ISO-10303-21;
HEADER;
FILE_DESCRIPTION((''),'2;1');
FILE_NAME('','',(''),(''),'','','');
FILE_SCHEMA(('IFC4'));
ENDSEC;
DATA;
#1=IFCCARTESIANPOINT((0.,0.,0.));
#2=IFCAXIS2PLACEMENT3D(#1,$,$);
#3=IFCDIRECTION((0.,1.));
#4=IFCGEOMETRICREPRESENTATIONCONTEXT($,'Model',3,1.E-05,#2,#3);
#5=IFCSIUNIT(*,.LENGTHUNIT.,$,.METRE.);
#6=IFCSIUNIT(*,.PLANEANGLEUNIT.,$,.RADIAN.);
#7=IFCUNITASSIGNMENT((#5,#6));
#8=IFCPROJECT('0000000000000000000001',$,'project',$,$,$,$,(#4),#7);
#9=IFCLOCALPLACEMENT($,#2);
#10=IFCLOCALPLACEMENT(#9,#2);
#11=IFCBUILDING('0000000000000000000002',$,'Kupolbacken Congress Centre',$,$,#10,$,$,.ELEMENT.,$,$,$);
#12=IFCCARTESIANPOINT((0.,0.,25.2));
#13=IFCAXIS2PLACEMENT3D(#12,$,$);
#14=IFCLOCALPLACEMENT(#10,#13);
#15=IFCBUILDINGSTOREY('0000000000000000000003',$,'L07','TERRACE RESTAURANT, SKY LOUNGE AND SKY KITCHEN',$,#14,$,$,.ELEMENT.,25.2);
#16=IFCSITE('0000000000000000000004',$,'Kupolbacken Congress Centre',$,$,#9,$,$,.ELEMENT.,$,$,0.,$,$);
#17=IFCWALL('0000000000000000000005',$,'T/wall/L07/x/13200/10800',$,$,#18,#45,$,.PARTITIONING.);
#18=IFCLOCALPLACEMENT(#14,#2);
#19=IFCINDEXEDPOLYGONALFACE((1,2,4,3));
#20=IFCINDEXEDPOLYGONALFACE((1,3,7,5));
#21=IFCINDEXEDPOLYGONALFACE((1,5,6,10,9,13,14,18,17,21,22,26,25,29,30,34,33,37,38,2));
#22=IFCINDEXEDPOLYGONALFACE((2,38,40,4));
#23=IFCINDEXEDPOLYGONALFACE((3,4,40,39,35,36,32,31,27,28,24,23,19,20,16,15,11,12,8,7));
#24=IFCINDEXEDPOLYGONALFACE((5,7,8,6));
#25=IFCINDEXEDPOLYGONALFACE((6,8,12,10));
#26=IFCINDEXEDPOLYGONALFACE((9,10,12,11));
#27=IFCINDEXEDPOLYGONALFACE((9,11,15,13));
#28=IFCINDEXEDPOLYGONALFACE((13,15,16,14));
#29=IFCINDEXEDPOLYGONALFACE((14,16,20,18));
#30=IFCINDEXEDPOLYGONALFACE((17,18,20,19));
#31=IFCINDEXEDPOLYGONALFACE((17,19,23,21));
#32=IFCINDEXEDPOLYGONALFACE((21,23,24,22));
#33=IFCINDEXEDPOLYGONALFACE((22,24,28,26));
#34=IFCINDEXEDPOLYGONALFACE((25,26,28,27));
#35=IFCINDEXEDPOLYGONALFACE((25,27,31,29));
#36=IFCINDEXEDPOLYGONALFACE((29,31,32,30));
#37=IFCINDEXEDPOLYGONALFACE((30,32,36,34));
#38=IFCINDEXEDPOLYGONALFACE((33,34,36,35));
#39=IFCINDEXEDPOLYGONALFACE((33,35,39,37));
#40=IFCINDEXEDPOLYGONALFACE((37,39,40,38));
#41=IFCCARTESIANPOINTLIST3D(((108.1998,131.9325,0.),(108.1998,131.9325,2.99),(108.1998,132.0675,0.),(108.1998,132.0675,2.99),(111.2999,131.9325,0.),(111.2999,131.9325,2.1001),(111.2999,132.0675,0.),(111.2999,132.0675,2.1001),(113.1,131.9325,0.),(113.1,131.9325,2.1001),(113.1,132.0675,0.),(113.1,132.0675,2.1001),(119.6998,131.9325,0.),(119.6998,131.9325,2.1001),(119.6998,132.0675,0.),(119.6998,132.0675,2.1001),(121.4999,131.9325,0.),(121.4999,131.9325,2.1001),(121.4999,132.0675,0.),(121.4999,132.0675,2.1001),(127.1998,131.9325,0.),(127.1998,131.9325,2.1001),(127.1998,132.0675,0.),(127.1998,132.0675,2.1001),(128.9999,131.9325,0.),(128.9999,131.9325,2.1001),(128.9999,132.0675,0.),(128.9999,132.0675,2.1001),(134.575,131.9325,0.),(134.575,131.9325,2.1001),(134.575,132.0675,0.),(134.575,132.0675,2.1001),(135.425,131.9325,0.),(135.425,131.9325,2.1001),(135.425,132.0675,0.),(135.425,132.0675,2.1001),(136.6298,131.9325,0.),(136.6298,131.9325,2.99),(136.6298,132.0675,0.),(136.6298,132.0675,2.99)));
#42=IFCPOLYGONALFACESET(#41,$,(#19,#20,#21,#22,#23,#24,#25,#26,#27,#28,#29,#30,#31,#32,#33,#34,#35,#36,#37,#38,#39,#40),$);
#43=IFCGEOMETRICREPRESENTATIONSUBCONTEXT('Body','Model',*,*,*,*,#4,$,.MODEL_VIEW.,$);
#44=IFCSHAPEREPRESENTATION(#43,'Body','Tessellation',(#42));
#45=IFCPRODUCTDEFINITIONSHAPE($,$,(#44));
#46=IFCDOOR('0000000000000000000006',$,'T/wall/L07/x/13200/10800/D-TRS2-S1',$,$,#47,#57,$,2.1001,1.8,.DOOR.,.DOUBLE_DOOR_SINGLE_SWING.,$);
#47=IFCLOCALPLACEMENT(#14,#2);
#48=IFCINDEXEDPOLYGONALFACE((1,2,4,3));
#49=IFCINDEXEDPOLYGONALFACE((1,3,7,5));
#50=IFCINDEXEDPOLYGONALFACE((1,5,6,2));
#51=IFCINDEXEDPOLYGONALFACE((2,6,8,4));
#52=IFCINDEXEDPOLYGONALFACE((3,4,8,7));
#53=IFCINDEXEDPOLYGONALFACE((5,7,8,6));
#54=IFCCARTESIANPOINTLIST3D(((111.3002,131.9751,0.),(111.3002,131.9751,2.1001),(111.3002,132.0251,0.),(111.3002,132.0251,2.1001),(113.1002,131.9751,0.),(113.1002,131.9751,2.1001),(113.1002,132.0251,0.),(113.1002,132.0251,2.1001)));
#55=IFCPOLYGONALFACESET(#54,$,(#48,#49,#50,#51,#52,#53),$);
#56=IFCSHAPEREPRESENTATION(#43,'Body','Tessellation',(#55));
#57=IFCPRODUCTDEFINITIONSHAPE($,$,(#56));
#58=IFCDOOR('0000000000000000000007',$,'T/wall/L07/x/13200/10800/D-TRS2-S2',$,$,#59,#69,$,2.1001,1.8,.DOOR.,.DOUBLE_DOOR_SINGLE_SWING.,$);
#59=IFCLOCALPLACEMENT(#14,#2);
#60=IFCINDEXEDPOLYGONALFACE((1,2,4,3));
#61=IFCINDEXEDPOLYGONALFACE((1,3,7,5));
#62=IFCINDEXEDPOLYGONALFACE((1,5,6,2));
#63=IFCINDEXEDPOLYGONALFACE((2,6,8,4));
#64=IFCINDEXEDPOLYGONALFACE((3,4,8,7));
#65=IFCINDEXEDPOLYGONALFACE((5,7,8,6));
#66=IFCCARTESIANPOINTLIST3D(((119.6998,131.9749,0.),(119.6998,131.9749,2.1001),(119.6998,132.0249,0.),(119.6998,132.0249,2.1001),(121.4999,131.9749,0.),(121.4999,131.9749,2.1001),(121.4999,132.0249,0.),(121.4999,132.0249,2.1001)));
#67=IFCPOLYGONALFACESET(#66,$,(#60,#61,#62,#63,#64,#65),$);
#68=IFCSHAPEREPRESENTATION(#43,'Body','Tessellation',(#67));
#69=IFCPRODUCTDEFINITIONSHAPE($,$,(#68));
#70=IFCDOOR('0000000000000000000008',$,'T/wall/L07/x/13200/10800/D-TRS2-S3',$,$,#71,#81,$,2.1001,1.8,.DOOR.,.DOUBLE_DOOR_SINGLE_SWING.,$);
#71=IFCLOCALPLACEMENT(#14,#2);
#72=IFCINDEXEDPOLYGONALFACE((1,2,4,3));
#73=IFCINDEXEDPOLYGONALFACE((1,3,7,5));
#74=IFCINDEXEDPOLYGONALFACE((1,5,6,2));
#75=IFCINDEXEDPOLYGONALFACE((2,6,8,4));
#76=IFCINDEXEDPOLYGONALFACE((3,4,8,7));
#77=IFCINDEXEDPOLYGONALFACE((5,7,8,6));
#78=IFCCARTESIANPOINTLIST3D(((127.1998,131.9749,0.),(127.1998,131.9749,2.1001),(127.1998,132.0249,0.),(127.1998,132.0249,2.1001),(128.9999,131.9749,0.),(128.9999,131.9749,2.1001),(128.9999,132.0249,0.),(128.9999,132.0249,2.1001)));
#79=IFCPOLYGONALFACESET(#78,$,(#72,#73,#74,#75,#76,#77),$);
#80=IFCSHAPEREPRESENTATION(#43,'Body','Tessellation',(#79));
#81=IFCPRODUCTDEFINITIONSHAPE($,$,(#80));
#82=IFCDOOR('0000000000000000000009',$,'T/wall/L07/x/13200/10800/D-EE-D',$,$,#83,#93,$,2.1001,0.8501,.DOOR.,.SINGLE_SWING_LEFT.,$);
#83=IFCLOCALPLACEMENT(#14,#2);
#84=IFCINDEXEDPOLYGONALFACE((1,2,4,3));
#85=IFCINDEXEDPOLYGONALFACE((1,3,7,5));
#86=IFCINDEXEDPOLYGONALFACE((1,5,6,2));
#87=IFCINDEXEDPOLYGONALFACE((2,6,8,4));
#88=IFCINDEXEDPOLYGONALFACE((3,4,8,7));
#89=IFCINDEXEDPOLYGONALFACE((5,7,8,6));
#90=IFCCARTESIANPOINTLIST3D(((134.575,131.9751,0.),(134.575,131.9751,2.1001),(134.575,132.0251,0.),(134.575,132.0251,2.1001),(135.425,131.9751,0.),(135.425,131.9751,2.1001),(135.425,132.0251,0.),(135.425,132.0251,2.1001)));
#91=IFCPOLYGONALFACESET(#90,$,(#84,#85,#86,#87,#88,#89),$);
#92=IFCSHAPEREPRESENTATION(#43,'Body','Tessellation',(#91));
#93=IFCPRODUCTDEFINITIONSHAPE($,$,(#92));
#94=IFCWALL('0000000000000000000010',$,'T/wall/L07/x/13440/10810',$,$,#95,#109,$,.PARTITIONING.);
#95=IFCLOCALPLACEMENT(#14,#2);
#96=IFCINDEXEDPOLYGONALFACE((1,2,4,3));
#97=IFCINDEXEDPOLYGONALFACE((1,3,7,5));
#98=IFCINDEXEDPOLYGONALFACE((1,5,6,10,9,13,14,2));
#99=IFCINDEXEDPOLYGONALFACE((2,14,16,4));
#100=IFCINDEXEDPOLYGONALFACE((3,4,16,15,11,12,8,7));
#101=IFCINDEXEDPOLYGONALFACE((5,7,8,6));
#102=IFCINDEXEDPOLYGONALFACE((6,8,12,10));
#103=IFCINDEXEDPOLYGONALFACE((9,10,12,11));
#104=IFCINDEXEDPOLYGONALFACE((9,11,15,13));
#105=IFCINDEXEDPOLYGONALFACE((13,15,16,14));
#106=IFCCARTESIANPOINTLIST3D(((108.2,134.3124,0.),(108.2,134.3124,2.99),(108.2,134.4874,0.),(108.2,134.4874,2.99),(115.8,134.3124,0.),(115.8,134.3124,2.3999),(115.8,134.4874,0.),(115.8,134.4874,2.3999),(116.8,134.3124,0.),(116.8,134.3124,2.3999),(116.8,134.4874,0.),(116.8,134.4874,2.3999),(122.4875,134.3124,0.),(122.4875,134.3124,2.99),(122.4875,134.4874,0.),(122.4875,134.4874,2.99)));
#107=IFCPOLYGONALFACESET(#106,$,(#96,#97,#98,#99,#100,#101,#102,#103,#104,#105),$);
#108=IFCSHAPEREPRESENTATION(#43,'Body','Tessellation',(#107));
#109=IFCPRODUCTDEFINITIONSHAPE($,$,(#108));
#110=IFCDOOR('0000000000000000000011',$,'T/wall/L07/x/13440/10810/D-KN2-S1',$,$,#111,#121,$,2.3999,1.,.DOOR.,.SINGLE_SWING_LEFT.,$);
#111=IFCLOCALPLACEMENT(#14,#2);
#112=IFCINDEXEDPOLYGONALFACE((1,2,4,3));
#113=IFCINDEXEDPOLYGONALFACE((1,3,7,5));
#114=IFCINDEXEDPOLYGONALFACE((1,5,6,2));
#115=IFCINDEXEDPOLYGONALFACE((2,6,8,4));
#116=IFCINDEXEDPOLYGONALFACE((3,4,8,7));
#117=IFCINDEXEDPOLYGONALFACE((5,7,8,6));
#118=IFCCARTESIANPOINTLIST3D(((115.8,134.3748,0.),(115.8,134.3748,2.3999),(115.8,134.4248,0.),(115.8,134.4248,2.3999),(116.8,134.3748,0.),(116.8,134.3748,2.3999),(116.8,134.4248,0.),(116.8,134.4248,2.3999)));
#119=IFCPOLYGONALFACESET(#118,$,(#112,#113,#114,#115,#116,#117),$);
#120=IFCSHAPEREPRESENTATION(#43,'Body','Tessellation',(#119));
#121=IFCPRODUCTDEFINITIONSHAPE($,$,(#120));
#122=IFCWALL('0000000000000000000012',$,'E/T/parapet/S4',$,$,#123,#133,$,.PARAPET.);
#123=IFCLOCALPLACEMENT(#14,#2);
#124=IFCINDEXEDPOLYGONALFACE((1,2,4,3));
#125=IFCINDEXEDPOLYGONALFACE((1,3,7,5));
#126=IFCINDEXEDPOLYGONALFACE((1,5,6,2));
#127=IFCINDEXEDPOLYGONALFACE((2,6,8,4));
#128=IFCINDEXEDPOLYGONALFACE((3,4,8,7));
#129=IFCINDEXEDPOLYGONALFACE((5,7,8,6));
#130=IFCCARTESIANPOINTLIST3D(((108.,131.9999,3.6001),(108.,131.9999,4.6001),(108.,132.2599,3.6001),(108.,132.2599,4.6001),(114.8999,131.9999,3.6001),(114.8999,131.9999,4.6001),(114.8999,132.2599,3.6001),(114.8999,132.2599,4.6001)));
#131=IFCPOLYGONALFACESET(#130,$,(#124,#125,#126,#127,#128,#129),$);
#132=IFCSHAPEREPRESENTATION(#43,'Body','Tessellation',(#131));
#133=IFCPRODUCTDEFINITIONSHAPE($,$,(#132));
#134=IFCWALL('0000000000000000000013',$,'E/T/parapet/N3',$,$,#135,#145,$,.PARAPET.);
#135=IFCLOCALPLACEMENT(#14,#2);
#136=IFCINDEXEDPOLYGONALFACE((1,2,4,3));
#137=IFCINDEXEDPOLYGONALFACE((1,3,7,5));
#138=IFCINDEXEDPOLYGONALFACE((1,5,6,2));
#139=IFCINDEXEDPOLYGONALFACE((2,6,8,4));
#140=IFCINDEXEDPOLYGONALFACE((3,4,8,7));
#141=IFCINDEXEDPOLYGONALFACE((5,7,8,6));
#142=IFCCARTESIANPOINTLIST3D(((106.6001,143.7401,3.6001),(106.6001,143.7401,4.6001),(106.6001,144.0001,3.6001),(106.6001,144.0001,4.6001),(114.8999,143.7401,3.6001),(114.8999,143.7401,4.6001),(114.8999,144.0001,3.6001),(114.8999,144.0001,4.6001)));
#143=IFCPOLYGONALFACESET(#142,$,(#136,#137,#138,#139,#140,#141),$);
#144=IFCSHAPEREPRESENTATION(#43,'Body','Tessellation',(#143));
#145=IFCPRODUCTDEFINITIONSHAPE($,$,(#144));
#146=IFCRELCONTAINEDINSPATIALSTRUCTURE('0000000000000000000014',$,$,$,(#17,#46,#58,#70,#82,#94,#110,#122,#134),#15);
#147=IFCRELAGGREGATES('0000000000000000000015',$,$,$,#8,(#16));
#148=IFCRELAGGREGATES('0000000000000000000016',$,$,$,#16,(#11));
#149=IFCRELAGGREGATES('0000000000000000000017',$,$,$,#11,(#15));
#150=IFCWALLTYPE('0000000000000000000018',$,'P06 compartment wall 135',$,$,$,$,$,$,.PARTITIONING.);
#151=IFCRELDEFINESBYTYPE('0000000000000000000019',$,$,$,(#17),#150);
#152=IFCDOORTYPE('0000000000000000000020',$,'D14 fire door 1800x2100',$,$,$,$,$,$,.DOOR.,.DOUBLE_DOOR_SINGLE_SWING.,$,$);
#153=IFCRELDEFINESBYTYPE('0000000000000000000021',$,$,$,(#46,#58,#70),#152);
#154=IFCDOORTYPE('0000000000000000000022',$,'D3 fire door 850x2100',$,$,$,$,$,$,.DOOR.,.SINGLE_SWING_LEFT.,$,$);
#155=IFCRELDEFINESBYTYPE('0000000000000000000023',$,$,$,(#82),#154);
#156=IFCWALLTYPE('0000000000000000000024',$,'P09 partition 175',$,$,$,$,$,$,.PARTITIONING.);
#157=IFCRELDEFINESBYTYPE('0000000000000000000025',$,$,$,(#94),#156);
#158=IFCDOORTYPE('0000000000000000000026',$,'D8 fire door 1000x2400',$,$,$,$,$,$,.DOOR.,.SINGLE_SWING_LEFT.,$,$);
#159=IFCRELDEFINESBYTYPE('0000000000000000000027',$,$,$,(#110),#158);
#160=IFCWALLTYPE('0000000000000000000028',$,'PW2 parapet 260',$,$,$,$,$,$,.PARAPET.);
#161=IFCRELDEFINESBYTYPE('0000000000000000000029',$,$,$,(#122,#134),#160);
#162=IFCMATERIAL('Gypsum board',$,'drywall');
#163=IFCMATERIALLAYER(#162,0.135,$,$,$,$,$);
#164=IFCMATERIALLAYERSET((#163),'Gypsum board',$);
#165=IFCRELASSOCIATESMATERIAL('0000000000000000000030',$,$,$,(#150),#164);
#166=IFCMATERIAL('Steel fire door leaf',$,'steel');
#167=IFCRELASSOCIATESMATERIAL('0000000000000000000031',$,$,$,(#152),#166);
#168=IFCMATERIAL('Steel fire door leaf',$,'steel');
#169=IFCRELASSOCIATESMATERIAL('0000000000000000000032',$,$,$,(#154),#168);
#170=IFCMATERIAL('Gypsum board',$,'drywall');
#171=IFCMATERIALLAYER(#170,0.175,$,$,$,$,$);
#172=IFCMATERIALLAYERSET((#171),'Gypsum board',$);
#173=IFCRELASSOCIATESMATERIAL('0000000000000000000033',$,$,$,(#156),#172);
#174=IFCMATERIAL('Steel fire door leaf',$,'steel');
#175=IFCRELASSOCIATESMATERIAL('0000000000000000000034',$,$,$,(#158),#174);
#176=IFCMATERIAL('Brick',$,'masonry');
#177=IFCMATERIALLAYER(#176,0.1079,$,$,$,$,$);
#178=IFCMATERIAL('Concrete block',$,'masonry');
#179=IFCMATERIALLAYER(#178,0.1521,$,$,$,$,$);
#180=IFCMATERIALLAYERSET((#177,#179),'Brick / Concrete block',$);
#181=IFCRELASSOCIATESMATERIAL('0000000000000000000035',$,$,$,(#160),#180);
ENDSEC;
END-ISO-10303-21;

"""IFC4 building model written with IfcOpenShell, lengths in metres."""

from ifc_helpers import new_model, si_unit, direction, frame, frame_2d, origin, place, context, subcontext, project, spatial, rectangle, extrude, material, layer, layer_set, type_object, element, fill, save


model = new_model("IFC4")

# Units and contexts
model_context = context("Model", 3, precision=1e-05, world=origin(), true_north=direction((0.0, 1.0)))
body_context = subcontext(model_context, "Body", "Model", "MODEL_VIEW")
ifc_project = project(units=[si_unit("LENGTHUNIT", "METRE"), si_unit("PLANEANGLEUNIT", "RADIAN")], contexts=[model_context])

# Site, building, storey
site_placement = place(None, origin())
site = spatial("IfcSite", under=ifc_project, at=site_placement, Name="Kupolbacken Congress Centre", CompositionType="ELEMENT", RefElevation=0.0)
building_placement = place(site_placement, origin())
building = spatial("IfcBuilding", under=site, at=building_placement, Name="Kupolbacken Congress Centre", CompositionType="ELEMENT")
storey_placement = place(building_placement, frame((0.0, 0.0, 25.2)))
storey = spatial("IfcBuildingStorey", under=building, at=storey_placement, Name="L07", Description="TERRACE RESTAURANT, SKY LOUNGE AND SKY KITCHEN", CompositionType="ELEMENT", Elevation=25.2)

# Wall, openings, doors
ifc_material_1 = material(Name="Gypsum board", Category="drywall")
ifc_layer_1 = layer(ifc_material_1, 0.135)
ifc_layer_set_1 = layer_set([ifc_layer_1], Name="Gypsum board")
wall_type_1 = type_object("IfcWallType", Name="P06 compartment wall 135", PredefinedType="PARTITIONING", material=ifc_layer_set_1)
wall_1_placement = place(storey_placement, frame((108.2, 132.0, 0.0), z_axis=(0.0, 0.0, 1.0), x_axis=(1.0, 0.0, 0.0)))
wall_1 = element("IfcWall", 1, at=wall_1_placement, inside=storey, type_object=wall_type_1, Name="T/wall/L07/x/13200/10800", PredefinedType="PARTITIONING", context=body_context, shape_type="SweptSolid", body=[
    extrude(rectangle(XDim=28.4299, YDim=0.135, at=frame_2d((14.2148, 0.0))), origin(), (0.0, 0.0, 1.0), 2.99),
])
opening_1_placement = place(wall_1_placement, frame((26.375, 0.0, 0.0)))
opening_1 = element("IfcOpeningElement", 2, at=opening_1_placement, cuts=wall_1, PredefinedType="OPENING", context=body_context, shape_type="SweptSolid", body=[
    extrude(rectangle(XDim=0.8501, YDim=2.1001, at=frame_2d((0.425, 1.05))), frame((0.0, 0.0774, 0.0), z_axis=(0.0, -1.0, 0.0), x_axis=(1.0, 0.0, 0.0)), (0.0, 0.0, 1.0), 0.155),
])
opening_2_placement = place(wall_1_placement, frame((3.1001, 0.0, 0.0)))
opening_2 = element("IfcOpeningElement", 3, at=opening_2_placement, cuts=wall_1, PredefinedType="OPENING", context=body_context, shape_type="SweptSolid", body=[
    extrude(rectangle(XDim=1.8, YDim=2.1001, at=frame_2d((0.8999, 1.05))), frame((0.0, 0.0774, 0.0), z_axis=(0.0, -1.0, 0.0), x_axis=(1.0, 0.0, 0.0)), (0.0, 0.0, 1.0), 0.155),
])
opening_3_placement = place(wall_1_placement, frame((11.5, 0.0, 0.0)))
opening_3 = element("IfcOpeningElement", 4, at=opening_3_placement, cuts=wall_1, PredefinedType="OPENING", context=body_context, shape_type="SweptSolid", body=[
    extrude(rectangle(XDim=1.8, YDim=2.1001, at=frame_2d((0.8999, 1.05))), frame((0.0, 0.0774, 0.0), z_axis=(0.0, -1.0, 0.0), x_axis=(1.0, 0.0, 0.0)), (0.0, 0.0, 1.0), 0.155),
])
opening_4_placement = place(wall_1_placement, frame((19.0, 0.0, 0.0)))
opening_4 = element("IfcOpeningElement", 5, at=opening_4_placement, cuts=wall_1, PredefinedType="OPENING", context=body_context, shape_type="SweptSolid", body=[
    extrude(rectangle(XDim=1.8, YDim=2.1001, at=frame_2d((0.8999, 1.05))), frame((0.0, 0.0774, 0.0), z_axis=(0.0, -1.0, 0.0), x_axis=(1.0, 0.0, 0.0)), (0.0, 0.0, 1.0), 0.155),
])
ifc_material_2 = material(Name="Steel fire door leaf", Category="steel")
door_type_1 = type_object("IfcDoorType", Name="D14 fire door 1800x2100", OperationType="DOUBLE_DOOR_SINGLE_SWING", PredefinedType="DOOR", material=ifc_material_2)
door_1_placement = place(opening_2_placement, frame((1.8, 0.0, 0.0), z_axis=(0.0, 0.0, 1.0), x_axis=(-1.0, 0.0, 0.0)))
door_1 = element("IfcDoor", 6, at=door_1_placement, inside=storey, type_object=door_type_1, Name="T/wall/L07/x/13200/10800/D-TRS2-S1", OperationType="DOUBLE_DOOR_SINGLE_SWING", OverallHeight=2.1001, OverallWidth=1.8, PredefinedType="DOOR", context=body_context, shape_type="SweptSolid", body=[
    extrude(rectangle(XDim=1.8, YDim=2.1001, at=frame_2d((0.8999, 1.05))), frame((0.0, 0.0249, 0.0), z_axis=(0.0, -1.0, 0.0), x_axis=(1.0, 0.0, 0.0)), (0.0, 0.0, 1.0), 0.05),
])
fill(opening_2, door_1)
door_2_placement = place(opening_3_placement, origin())
door_2 = element("IfcDoor", 7, at=door_2_placement, inside=storey, type_object=door_type_1, Name="T/wall/L07/x/13200/10800/D-TRS2-S2", OperationType="DOUBLE_DOOR_SINGLE_SWING", OverallHeight=2.1001, OverallWidth=1.8, PredefinedType="DOOR", context=body_context, shape_type="SweptSolid", body=[
    extrude(rectangle(XDim=1.8, YDim=2.1001, at=frame_2d((0.8999, 1.05))), frame((0.0, 0.0249, 0.0), z_axis=(0.0, -1.0, 0.0), x_axis=(1.0, 0.0, 0.0)), (0.0, 0.0, 1.0), 0.05),
])
fill(opening_3, door_2)
door_3_placement = place(opening_4_placement, origin())
door_3 = element("IfcDoor", 8, at=door_3_placement, inside=storey, type_object=door_type_1, Name="T/wall/L07/x/13200/10800/D-TRS2-S3", OperationType="DOUBLE_DOOR_SINGLE_SWING", OverallHeight=2.1001, OverallWidth=1.8, PredefinedType="DOOR", context=body_context, shape_type="SweptSolid", body=[
    extrude(rectangle(XDim=1.8, YDim=2.1001, at=frame_2d((0.8999, 1.05))), frame((0.0, 0.0249, 0.0), z_axis=(0.0, -1.0, 0.0), x_axis=(1.0, 0.0, 0.0)), (0.0, 0.0, 1.0), 0.05),
])
fill(opening_4, door_3)
ifc_material_3 = material(Name="Steel fire door leaf", Category="steel")
door_type_2 = type_object("IfcDoorType", Name="D3 fire door 850x2100", OperationType="SINGLE_SWING_LEFT", PredefinedType="DOOR", material=ifc_material_3)
door_4_placement = place(opening_1_placement, frame((0.8501, 0.0, 0.0), z_axis=(0.0, 0.0, 1.0), x_axis=(-1.0, 0.0, 0.0)))
door_4 = element("IfcDoor", 9, at=door_4_placement, inside=storey, type_object=door_type_2, Name="T/wall/L07/x/13200/10800/D-EE-D", OperationType="SINGLE_SWING_LEFT", OverallHeight=2.1001, OverallWidth=0.8501, PredefinedType="DOOR", context=body_context, shape_type="SweptSolid", body=[
    extrude(rectangle(XDim=0.8501, YDim=2.1001, at=frame_2d((0.425, 1.05))), frame((0.0, 0.0249, 0.0), z_axis=(0.0, -1.0, 0.0), x_axis=(1.0, 0.0, 0.0)), (0.0, 0.0, 1.0), 0.05),
])
fill(opening_1, door_4)

# Wall, opening, door
ifc_material_4 = material(Name="Gypsum board", Category="drywall")
ifc_layer_2 = layer(ifc_material_4, 0.175)
ifc_layer_set_2 = layer_set([ifc_layer_2], Name="Gypsum board")
wall_type_2 = type_object("IfcWallType", Name="P09 partition 175", PredefinedType="PARTITIONING", material=ifc_layer_set_2)
wall_2_placement = place(storey_placement, frame((108.2, 134.3999, 0.0), z_axis=(0.0, 0.0, 1.0), x_axis=(1.0, 0.0, 0.0)))
wall_2 = element("IfcWall", 10, at=wall_2_placement, inside=storey, type_object=wall_type_2, Name="T/wall/L07/x/13440/10810", PredefinedType="PARTITIONING", context=body_context, shape_type="SweptSolid", body=[
    extrude(rectangle(XDim=14.2876, YDim=0.175, at=frame_2d((7.1438, 0.0))), origin(), (0.0, 0.0, 1.0), 2.99),
])
opening_5_placement = place(wall_2_placement, frame((7.6001, 0.0, 0.0)))
opening_5 = element("IfcOpeningElement", 11, at=opening_5_placement, cuts=wall_2, PredefinedType="OPENING", context=body_context, shape_type="SweptSolid", body=[
    extrude(rectangle(XDim=1.0, YDim=2.3999, at=frame_2d((0.5, 1.2))), frame((0.0, 0.0974, 0.0), z_axis=(0.0, -1.0, 0.0), x_axis=(1.0, 0.0, 0.0)), (0.0, 0.0, 1.0), 0.1951),
])
ifc_material_5 = material(Name="Steel fire door leaf", Category="steel")
door_type_3 = type_object("IfcDoorType", Name="D8 fire door 1000x2400", OperationType="SINGLE_SWING_LEFT", PredefinedType="DOOR", material=ifc_material_5)
door_5_placement = place(opening_5_placement, origin())
door_5 = element("IfcDoor", 12, at=door_5_placement, inside=storey, type_object=door_type_3, Name="T/wall/L07/x/13440/10810/D-KN2-S1", OperationType="SINGLE_SWING_LEFT", OverallHeight=2.3999, OverallWidth=1.0, PredefinedType="DOOR", context=body_context, shape_type="SweptSolid", body=[
    extrude(rectangle(XDim=1.0, YDim=2.3999, at=frame_2d((0.5, 1.2))), frame((0.0, 0.0249, 0.0), z_axis=(0.0, -1.0, 0.0), x_axis=(1.0, 0.0, 0.0)), (0.0, 0.0, 1.0), 0.05),
])
fill(opening_5, door_5)

# Walls
ifc_material_6 = material(Name="Brick", Category="masonry")
ifc_layer_3 = layer(ifc_material_6, 0.1079)
ifc_material_7 = material(Name="Concrete block", Category="masonry")
ifc_layer_4 = layer(ifc_material_7, 0.1521)
ifc_layer_set_3 = layer_set([ifc_layer_3, ifc_layer_4], Name="Brick / Concrete block")
wall_type_3 = type_object("IfcWallType", Name="PW2 parapet 260", PredefinedType="PARAPET", material=ifc_layer_set_3)
wall_3_placement = place(storey_placement, frame((108.0, 132.1299, 3.6001), z_axis=(0.0, 0.0, 1.0), x_axis=(1.0, 0.0, 0.0)))
element("IfcWall", 13, at=wall_3_placement, inside=storey, type_object=wall_type_3, Name="E/T/parapet/S4", PredefinedType="PARAPET", context=body_context, shape_type="SweptSolid", body=[
    extrude(rectangle(XDim=6.8999, YDim=0.26, at=frame_2d((3.45, 0.0))), origin(), (0.0, 0.0, 1.0), 1.0),
])
wall_4_placement = place(storey_placement, frame((106.6001, 143.8701, 3.6001), z_axis=(0.0, 0.0, 1.0), x_axis=(1.0, 0.0, 0.0)))
element("IfcWall", 14, at=wall_4_placement, inside=storey, type_object=wall_type_3, Name="E/T/parapet/N3", PredefinedType="PARAPET", context=body_context, shape_type="SweptSolid", body=[
    extrude(rectangle(XDim=8.2998, YDim=0.26, at=frame_2d((4.1499, 0.0))), origin(), (0.0, 0.0, 1.0), 1.0),
])

save(model, "model.ifc")
